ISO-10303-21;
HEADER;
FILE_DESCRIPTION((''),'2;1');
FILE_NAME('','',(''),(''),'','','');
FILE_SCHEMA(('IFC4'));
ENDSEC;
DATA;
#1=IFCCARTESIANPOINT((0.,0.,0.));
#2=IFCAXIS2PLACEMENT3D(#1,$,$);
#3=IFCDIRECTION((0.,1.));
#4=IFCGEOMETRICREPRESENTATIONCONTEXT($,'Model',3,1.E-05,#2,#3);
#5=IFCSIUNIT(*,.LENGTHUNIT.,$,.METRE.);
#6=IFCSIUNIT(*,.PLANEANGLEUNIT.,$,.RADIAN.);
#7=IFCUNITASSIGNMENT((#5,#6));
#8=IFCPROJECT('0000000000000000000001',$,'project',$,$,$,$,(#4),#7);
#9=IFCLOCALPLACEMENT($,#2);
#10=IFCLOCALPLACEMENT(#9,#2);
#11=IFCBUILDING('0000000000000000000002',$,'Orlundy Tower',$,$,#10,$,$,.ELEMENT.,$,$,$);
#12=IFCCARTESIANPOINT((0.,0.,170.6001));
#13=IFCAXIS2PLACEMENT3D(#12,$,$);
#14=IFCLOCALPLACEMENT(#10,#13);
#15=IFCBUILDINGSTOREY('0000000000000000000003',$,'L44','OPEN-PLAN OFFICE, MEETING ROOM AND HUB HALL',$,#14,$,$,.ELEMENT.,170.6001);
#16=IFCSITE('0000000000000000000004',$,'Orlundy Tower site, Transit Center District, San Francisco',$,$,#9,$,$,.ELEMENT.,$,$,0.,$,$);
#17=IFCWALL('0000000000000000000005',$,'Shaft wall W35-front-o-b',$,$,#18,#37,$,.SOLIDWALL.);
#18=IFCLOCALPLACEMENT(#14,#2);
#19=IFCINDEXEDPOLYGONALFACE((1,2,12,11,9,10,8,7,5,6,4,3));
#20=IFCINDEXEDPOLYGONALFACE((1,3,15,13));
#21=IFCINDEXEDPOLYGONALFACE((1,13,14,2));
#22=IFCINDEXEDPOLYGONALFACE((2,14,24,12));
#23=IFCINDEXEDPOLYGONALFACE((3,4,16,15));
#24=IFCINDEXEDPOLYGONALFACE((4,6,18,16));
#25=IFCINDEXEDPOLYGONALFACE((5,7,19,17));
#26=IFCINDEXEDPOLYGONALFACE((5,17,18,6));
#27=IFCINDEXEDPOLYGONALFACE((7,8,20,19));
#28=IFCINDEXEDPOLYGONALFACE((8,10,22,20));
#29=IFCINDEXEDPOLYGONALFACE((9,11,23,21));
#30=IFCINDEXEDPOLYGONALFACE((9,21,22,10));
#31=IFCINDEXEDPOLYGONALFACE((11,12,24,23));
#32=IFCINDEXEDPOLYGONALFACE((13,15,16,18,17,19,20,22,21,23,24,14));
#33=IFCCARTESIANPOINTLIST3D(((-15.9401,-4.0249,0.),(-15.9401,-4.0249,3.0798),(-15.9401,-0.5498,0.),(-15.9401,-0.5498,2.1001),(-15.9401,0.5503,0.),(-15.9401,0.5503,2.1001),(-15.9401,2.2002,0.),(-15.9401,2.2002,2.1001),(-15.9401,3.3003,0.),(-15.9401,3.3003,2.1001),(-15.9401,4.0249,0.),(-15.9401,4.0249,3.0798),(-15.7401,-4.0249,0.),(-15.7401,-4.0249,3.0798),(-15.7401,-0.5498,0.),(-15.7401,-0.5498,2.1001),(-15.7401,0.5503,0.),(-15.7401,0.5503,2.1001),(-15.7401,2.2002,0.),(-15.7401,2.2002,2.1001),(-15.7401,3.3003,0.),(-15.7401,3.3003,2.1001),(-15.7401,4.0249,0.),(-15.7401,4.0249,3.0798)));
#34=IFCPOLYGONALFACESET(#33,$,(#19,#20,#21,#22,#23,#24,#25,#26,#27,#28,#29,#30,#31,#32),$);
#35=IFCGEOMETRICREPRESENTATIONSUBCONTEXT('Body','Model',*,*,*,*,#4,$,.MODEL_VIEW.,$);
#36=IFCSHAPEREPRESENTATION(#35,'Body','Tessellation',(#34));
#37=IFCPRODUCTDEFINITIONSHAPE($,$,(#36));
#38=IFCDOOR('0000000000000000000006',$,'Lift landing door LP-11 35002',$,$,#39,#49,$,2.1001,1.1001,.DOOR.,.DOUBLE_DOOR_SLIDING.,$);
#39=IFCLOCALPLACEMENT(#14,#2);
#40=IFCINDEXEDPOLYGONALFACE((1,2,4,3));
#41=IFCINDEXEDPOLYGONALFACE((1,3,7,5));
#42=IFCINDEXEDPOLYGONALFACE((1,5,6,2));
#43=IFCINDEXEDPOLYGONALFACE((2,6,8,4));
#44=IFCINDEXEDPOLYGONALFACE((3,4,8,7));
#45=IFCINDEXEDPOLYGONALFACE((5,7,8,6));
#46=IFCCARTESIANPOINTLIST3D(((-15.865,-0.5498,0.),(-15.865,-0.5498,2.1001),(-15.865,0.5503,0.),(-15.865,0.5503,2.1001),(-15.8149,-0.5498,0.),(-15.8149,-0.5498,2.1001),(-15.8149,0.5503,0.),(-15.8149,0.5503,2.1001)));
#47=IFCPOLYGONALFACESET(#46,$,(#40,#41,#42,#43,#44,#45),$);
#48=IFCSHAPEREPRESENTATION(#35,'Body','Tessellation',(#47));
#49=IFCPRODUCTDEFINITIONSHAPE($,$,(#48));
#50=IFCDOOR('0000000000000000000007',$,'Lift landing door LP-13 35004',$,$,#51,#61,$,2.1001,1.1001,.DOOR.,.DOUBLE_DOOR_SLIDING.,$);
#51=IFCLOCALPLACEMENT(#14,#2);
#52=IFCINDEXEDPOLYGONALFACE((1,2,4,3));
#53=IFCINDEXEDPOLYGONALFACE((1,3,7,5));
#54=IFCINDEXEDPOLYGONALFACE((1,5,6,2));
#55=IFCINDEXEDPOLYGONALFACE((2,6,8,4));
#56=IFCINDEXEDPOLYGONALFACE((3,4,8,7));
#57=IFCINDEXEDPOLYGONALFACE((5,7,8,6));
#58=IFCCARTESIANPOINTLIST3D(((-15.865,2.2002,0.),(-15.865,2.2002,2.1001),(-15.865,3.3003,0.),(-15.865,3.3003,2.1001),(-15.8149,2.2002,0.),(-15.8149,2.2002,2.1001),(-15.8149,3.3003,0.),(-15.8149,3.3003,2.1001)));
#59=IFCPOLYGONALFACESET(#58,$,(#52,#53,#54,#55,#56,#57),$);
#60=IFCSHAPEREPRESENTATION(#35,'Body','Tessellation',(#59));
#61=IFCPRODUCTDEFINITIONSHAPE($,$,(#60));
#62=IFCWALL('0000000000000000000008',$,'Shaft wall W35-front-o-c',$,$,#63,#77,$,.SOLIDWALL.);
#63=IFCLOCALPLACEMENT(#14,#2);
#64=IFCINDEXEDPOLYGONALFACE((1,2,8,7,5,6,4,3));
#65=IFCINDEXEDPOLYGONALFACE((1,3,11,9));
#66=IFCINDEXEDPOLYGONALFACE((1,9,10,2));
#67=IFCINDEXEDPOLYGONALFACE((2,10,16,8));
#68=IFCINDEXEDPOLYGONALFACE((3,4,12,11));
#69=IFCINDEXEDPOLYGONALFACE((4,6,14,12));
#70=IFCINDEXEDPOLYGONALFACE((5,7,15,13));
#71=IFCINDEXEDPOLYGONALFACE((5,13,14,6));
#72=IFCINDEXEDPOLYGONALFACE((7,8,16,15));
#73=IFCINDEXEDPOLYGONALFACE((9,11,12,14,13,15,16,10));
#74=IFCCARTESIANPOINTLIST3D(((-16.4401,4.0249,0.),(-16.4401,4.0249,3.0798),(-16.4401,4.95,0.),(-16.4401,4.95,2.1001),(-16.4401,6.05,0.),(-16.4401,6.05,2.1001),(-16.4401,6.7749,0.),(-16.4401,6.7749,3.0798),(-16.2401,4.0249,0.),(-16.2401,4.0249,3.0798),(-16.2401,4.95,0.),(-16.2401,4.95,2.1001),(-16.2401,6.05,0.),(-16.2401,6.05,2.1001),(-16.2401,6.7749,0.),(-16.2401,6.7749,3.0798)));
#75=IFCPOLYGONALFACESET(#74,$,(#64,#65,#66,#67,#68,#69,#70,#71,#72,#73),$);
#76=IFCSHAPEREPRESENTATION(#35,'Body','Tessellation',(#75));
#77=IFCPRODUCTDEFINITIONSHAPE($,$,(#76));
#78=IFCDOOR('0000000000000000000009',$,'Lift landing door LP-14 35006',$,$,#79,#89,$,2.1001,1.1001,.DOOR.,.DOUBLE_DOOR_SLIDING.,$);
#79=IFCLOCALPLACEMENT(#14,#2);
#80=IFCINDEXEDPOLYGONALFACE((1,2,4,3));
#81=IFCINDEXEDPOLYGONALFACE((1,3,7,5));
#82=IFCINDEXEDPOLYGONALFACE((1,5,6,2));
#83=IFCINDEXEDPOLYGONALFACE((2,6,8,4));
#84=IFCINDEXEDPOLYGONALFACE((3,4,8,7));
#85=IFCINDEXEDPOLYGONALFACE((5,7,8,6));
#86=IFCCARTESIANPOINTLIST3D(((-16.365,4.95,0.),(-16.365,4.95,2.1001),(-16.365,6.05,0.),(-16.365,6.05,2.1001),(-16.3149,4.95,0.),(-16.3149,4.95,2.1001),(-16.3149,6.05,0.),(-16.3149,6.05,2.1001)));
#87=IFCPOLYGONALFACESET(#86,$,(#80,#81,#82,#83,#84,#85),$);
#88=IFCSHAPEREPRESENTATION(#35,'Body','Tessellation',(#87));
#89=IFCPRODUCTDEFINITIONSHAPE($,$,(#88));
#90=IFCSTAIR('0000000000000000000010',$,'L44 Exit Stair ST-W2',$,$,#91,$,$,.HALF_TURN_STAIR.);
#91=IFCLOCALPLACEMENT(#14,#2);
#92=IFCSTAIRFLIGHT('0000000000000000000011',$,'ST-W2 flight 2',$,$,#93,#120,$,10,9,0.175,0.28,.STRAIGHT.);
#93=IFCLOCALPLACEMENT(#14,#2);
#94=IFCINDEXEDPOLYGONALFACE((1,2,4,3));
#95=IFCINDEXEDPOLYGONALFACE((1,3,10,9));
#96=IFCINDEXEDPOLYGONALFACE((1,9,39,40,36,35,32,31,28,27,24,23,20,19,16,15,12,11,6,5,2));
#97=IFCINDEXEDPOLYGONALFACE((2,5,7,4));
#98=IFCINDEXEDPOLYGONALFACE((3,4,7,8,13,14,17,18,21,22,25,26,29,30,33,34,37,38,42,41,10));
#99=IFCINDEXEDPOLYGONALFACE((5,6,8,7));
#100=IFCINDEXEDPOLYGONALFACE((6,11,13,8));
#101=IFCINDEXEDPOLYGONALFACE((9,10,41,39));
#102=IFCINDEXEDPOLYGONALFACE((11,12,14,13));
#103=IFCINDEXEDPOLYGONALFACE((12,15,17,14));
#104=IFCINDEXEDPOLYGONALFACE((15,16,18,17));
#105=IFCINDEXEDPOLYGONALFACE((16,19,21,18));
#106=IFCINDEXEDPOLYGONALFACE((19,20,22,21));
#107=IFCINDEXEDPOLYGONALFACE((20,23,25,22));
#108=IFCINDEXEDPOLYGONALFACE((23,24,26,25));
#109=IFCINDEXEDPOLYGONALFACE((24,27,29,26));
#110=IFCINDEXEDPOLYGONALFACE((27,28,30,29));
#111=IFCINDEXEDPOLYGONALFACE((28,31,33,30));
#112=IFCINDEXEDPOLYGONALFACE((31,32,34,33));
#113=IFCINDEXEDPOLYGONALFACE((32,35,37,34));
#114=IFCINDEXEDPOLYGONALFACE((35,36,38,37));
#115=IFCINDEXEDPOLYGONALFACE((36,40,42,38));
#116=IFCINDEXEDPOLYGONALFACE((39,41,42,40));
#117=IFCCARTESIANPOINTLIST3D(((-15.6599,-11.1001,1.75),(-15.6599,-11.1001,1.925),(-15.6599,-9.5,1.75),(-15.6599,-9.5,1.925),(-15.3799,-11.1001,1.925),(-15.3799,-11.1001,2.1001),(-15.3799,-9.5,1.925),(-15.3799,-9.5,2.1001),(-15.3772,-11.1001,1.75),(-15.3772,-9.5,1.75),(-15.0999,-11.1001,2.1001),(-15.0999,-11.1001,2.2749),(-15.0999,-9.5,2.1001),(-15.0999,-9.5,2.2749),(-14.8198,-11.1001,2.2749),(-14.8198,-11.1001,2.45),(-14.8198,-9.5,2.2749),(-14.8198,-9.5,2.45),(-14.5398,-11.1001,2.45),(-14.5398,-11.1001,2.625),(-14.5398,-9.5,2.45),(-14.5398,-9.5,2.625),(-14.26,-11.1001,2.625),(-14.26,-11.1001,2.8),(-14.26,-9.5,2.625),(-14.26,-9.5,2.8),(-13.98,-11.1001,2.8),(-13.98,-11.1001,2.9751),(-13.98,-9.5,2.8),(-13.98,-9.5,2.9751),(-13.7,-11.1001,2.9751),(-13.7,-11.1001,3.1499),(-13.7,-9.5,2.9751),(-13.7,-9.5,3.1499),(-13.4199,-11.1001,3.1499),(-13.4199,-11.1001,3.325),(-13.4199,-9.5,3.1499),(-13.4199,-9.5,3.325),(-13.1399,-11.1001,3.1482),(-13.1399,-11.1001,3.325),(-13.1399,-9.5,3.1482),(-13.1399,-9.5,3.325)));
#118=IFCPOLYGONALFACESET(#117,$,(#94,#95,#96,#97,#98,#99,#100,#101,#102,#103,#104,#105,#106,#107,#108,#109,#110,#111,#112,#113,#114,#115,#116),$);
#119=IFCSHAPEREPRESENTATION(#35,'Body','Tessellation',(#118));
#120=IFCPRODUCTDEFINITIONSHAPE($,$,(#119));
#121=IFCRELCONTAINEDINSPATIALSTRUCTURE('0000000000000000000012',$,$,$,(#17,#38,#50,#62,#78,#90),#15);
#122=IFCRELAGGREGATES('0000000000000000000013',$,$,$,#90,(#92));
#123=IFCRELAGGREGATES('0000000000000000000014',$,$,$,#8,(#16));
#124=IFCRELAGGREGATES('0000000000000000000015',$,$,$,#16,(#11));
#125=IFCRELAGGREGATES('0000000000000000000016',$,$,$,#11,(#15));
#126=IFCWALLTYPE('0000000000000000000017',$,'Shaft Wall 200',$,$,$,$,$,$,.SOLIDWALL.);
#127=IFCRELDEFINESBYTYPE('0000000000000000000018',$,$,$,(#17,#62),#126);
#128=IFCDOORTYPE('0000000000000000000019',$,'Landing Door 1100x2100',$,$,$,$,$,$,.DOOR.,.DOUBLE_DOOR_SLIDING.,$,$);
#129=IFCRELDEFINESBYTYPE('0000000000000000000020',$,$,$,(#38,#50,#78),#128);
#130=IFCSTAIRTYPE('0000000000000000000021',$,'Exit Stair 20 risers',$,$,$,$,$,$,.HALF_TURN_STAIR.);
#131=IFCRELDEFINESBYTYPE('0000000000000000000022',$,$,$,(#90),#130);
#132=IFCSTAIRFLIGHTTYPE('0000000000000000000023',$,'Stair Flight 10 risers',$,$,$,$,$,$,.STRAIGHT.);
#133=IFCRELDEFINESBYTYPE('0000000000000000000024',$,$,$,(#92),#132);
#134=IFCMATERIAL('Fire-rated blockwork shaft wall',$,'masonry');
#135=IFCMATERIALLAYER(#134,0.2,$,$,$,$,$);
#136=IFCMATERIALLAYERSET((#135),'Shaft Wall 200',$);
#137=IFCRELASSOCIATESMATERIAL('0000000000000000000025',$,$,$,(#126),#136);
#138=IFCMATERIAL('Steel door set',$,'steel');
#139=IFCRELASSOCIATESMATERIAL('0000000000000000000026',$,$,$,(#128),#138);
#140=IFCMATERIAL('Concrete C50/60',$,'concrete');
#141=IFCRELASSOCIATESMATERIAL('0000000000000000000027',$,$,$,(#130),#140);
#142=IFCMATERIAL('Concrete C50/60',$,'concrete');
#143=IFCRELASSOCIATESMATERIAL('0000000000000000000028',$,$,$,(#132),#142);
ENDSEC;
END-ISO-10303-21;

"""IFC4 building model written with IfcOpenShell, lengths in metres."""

from ifc_helpers import new_model, si_unit, direction, frame, frame_2d, origin, place, context, subcontext, project, spatial, polyline, rectangle, outline, extrude, material, layer, layer_set, type_object, element, fill, aggregate, save


model = new_model("IFC4")

# Units and contexts
model_context = context("Model", 3, precision=1e-05, world=origin(), true_north=direction((0.0, 1.0)))
body_context = subcontext(model_context, "Body", "Model", "MODEL_VIEW")
ifc_project = project(units=[si_unit("LENGTHUNIT", "METRE"), si_unit("PLANEANGLEUNIT", "RADIAN")], contexts=[model_context])

# Site, building, storey
site_placement = place(None, origin())
site = spatial("IfcSite", under=ifc_project, at=site_placement, Name="Orlundy Tower site, Transit Center District, San Francisco", CompositionType="ELEMENT", RefElevation=0.0)
building_placement = place(site_placement, origin())
building = spatial("IfcBuilding", under=site, at=building_placement, Name="Orlundy Tower", CompositionType="ELEMENT")
storey_placement = place(building_placement, frame((0.0, 0.0, 170.6001)))
storey = spatial("IfcBuildingStorey", under=building, at=storey_placement, Name="L44", Description="OPEN-PLAN OFFICE, MEETING ROOM AND HUB HALL", CompositionType="ELEMENT", Elevation=170.6001)

# Shared definitions
ifc_material_1 = material(Name="Fire-rated blockwork shaft wall", Category="masonry")
ifc_layer_1 = layer(ifc_material_1, 0.2)
ifc_layer_set_1 = layer_set([ifc_layer_1], Name="Shaft Wall 200")
wall_type_1 = type_object("IfcWallType", Name="Shaft Wall 200", PredefinedType="SOLIDWALL", material=ifc_layer_set_1)

# Shared definitions
ifc_material_2 = material(Name="Steel door set", Category="steel")
door_type_1 = type_object("IfcDoorType", Name="Landing Door 1100x2100", OperationType="DOUBLE_DOOR_SLIDING", PredefinedType="DOOR", material=ifc_material_2)

# Wall, openings, doors
wall_1_placement = place(storey_placement, frame((-15.8401, -4.0249, 0.0), z_axis=(0.0, 0.0, 1.0), x_axis=(0.0, 1.0, 0.0)))
wall_1 = element("IfcWall", 1, at=wall_1_placement, inside=storey, type_object=wall_type_1, Name="Shaft wall W35-front-o-b", PredefinedType="SOLIDWALL", context=body_context, shape_type="SweptSolid", body=[
    extrude(rectangle(XDim=8.0498, YDim=0.2, at=frame_2d((4.0249, 0.0))), origin(), (0.0, 0.0, 1.0), 3.0798),
])
opening_1_placement = place(wall_1_placement, frame((3.4751, 0.0, 0.0)))
opening_1 = element("IfcOpeningElement", 2, at=opening_1_placement, cuts=wall_1, PredefinedType="OPENING", context=body_context, shape_type="SweptSolid", body=[
    extrude(rectangle(XDim=1.1001, YDim=2.1001, at=frame_2d((0.55, 1.05))), frame((0.0, 0.1101, 0.0), z_axis=(0.0, -1.0, 0.0), x_axis=(1.0, 0.0, 0.0)), (0.0, 0.0, 1.0), 0.2202),
])
opening_2_placement = place(wall_1_placement, frame((6.2251, 0.0, 0.0)))
opening_2 = element("IfcOpeningElement", 3, at=opening_2_placement, cuts=wall_1, PredefinedType="OPENING", context=body_context, shape_type="SweptSolid", body=[
    extrude(rectangle(XDim=1.1001, YDim=2.1001, at=frame_2d((0.55, 1.05))), frame((0.0, 0.1101, 0.0), z_axis=(0.0, -1.0, 0.0), x_axis=(1.0, 0.0, 0.0)), (0.0, 0.0, 1.0), 0.2202),
])
door_1_placement = place(opening_1_placement, origin())
door_1 = element("IfcDoor", 4, at=door_1_placement, inside=storey, type_object=door_type_1, Name="Lift landing door LP-11 35002", OperationType="DOUBLE_DOOR_SLIDING", OverallHeight=2.1001, OverallWidth=1.1001, PredefinedType="DOOR", context=body_context, shape_type="SweptSolid", body=[
    extrude(rectangle(XDim=1.1001, YDim=2.1001, at=frame_2d((0.55, 1.05))), frame((0.0, 0.0249, 0.0), z_axis=(0.0, -1.0, 0.0), x_axis=(1.0, 0.0, 0.0)), (0.0, 0.0, 1.0), 0.05),
])
fill(opening_1, door_1)
door_2_placement = place(opening_2_placement, origin())
door_2 = element("IfcDoor", 5, at=door_2_placement, inside=storey, type_object=door_type_1, Name="Lift landing door LP-13 35004", OperationType="DOUBLE_DOOR_SLIDING", OverallHeight=2.1001, OverallWidth=1.1001, PredefinedType="DOOR", context=body_context, shape_type="SweptSolid", body=[
    extrude(rectangle(XDim=1.1001, YDim=2.1001, at=frame_2d((0.55, 1.05))), frame((0.0, 0.0249, 0.0), z_axis=(0.0, -1.0, 0.0), x_axis=(1.0, 0.0, 0.0)), (0.0, 0.0, 1.0), 0.05),
])
fill(opening_2, door_2)

# Wall, opening, door
wall_2_placement = place(storey_placement, frame((-16.3401, 4.0249, 0.0), z_axis=(0.0, 0.0, 1.0), x_axis=(0.0, 1.0, 0.0)))
wall_2 = element("IfcWall", 6, at=wall_2_placement, inside=storey, type_object=wall_type_1, Name="Shaft wall W35-front-o-c", PredefinedType="SOLIDWALL", context=body_context, shape_type="SweptSolid", body=[
    extrude(rectangle(XDim=2.75, YDim=0.2, at=frame_2d((1.375, 0.0))), origin(), (0.0, 0.0, 1.0), 3.0798),
])
opening_3_placement = place(wall_2_placement, frame((0.925, 0.0, 0.0)))
opening_3 = element("IfcOpeningElement", 7, at=opening_3_placement, cuts=wall_2, PredefinedType="OPENING", context=body_context, shape_type="SweptSolid", body=[
    extrude(rectangle(XDim=1.1001, YDim=2.1001, at=frame_2d((0.55, 1.05))), frame((0.0, 0.1101, 0.0), z_axis=(0.0, -1.0, 0.0), x_axis=(1.0, 0.0, 0.0)), (0.0, 0.0, 1.0), 0.2202),
])
door_3_placement = place(opening_3_placement, origin())
door_3 = element("IfcDoor", 8, at=door_3_placement, inside=storey, type_object=door_type_1, Name="Lift landing door LP-14 35006", OperationType="DOUBLE_DOOR_SLIDING", OverallHeight=2.1001, OverallWidth=1.1001, PredefinedType="DOOR", context=body_context, shape_type="SweptSolid", body=[
    extrude(rectangle(XDim=1.1001, YDim=2.1001, at=frame_2d((0.55, 1.05))), frame((0.0, 0.0249, 0.0), z_axis=(0.0, -1.0, 0.0), x_axis=(1.0, 0.0, 0.0)), (0.0, 0.0, 1.0), 0.05),
])
fill(opening_3, door_3)

# Stair, stair flight
ifc_material_3 = material(Name="Concrete C50/60", Category="concrete")
stair_type = type_object("IfcStairType", Name="Exit Stair 20 risers", PredefinedType="HALF_TURN_STAIR", material=ifc_material_3)
stair_placement = place(storey_placement, origin())
stair = element("IfcStair", 9, at=stair_placement, inside=storey, type_object=stair_type, Name="L44 Exit Stair ST-W2", PredefinedType="HALF_TURN_STAIR")
ifc_material_4 = material(Name="Concrete C50/60", Category="concrete")
stair_flight_type = type_object("IfcStairFlightType", Name="Stair Flight 10 risers", PredefinedType="STRAIGHT", material=ifc_material_4)
stair_flight_placement = place(storey_placement, frame((-15.6599, -10.3, 1.75), z_axis=(0.0, 0.0, 1.0), x_axis=(1.0, 0.0, 0.0)))
stair_flight = element("IfcStairFlight", 10, at=stair_flight_placement, type_object=stair_flight_type, Name="ST-W2 flight 2", NumberOfRisers=10, NumberOfTreads=9, PredefinedType="STRAIGHT", RiserHeight=0.175, TreadLength=0.28, context=body_context, shape_type="SweptSolid", body=[
    extrude(outline(polyline([(0.0, 0.0), (0.0, 0.175), (0.28, 0.175), (0.28, 0.3501), (0.5601, 0.3501), (0.5601, 0.5249), (0.8401, 0.5249), (0.8401, 0.7), (1.1201, 0.7), (1.1201, 0.875), (1.3999, 0.875), (1.3999, 1.05), (1.6799, 1.05), (1.6799, 1.2251), (1.96, 1.2251), (1.96, 1.3999), (2.24, 1.3999), (2.24, 1.575), (2.52, 1.575), (2.52, 1.75), (2.52, 1.3982), (0.2827, 0.0), (0.0, 0.0)])), frame((0.0, 0.8, 0.0), z_axis=(0.0, -1.0, 0.0), x_axis=(1.0, 0.0, 0.0)), (0.0, 0.0, 1.0), 1.6001),
])
aggregate(stair, [stair_flight])

save(model, "model.ifc")
